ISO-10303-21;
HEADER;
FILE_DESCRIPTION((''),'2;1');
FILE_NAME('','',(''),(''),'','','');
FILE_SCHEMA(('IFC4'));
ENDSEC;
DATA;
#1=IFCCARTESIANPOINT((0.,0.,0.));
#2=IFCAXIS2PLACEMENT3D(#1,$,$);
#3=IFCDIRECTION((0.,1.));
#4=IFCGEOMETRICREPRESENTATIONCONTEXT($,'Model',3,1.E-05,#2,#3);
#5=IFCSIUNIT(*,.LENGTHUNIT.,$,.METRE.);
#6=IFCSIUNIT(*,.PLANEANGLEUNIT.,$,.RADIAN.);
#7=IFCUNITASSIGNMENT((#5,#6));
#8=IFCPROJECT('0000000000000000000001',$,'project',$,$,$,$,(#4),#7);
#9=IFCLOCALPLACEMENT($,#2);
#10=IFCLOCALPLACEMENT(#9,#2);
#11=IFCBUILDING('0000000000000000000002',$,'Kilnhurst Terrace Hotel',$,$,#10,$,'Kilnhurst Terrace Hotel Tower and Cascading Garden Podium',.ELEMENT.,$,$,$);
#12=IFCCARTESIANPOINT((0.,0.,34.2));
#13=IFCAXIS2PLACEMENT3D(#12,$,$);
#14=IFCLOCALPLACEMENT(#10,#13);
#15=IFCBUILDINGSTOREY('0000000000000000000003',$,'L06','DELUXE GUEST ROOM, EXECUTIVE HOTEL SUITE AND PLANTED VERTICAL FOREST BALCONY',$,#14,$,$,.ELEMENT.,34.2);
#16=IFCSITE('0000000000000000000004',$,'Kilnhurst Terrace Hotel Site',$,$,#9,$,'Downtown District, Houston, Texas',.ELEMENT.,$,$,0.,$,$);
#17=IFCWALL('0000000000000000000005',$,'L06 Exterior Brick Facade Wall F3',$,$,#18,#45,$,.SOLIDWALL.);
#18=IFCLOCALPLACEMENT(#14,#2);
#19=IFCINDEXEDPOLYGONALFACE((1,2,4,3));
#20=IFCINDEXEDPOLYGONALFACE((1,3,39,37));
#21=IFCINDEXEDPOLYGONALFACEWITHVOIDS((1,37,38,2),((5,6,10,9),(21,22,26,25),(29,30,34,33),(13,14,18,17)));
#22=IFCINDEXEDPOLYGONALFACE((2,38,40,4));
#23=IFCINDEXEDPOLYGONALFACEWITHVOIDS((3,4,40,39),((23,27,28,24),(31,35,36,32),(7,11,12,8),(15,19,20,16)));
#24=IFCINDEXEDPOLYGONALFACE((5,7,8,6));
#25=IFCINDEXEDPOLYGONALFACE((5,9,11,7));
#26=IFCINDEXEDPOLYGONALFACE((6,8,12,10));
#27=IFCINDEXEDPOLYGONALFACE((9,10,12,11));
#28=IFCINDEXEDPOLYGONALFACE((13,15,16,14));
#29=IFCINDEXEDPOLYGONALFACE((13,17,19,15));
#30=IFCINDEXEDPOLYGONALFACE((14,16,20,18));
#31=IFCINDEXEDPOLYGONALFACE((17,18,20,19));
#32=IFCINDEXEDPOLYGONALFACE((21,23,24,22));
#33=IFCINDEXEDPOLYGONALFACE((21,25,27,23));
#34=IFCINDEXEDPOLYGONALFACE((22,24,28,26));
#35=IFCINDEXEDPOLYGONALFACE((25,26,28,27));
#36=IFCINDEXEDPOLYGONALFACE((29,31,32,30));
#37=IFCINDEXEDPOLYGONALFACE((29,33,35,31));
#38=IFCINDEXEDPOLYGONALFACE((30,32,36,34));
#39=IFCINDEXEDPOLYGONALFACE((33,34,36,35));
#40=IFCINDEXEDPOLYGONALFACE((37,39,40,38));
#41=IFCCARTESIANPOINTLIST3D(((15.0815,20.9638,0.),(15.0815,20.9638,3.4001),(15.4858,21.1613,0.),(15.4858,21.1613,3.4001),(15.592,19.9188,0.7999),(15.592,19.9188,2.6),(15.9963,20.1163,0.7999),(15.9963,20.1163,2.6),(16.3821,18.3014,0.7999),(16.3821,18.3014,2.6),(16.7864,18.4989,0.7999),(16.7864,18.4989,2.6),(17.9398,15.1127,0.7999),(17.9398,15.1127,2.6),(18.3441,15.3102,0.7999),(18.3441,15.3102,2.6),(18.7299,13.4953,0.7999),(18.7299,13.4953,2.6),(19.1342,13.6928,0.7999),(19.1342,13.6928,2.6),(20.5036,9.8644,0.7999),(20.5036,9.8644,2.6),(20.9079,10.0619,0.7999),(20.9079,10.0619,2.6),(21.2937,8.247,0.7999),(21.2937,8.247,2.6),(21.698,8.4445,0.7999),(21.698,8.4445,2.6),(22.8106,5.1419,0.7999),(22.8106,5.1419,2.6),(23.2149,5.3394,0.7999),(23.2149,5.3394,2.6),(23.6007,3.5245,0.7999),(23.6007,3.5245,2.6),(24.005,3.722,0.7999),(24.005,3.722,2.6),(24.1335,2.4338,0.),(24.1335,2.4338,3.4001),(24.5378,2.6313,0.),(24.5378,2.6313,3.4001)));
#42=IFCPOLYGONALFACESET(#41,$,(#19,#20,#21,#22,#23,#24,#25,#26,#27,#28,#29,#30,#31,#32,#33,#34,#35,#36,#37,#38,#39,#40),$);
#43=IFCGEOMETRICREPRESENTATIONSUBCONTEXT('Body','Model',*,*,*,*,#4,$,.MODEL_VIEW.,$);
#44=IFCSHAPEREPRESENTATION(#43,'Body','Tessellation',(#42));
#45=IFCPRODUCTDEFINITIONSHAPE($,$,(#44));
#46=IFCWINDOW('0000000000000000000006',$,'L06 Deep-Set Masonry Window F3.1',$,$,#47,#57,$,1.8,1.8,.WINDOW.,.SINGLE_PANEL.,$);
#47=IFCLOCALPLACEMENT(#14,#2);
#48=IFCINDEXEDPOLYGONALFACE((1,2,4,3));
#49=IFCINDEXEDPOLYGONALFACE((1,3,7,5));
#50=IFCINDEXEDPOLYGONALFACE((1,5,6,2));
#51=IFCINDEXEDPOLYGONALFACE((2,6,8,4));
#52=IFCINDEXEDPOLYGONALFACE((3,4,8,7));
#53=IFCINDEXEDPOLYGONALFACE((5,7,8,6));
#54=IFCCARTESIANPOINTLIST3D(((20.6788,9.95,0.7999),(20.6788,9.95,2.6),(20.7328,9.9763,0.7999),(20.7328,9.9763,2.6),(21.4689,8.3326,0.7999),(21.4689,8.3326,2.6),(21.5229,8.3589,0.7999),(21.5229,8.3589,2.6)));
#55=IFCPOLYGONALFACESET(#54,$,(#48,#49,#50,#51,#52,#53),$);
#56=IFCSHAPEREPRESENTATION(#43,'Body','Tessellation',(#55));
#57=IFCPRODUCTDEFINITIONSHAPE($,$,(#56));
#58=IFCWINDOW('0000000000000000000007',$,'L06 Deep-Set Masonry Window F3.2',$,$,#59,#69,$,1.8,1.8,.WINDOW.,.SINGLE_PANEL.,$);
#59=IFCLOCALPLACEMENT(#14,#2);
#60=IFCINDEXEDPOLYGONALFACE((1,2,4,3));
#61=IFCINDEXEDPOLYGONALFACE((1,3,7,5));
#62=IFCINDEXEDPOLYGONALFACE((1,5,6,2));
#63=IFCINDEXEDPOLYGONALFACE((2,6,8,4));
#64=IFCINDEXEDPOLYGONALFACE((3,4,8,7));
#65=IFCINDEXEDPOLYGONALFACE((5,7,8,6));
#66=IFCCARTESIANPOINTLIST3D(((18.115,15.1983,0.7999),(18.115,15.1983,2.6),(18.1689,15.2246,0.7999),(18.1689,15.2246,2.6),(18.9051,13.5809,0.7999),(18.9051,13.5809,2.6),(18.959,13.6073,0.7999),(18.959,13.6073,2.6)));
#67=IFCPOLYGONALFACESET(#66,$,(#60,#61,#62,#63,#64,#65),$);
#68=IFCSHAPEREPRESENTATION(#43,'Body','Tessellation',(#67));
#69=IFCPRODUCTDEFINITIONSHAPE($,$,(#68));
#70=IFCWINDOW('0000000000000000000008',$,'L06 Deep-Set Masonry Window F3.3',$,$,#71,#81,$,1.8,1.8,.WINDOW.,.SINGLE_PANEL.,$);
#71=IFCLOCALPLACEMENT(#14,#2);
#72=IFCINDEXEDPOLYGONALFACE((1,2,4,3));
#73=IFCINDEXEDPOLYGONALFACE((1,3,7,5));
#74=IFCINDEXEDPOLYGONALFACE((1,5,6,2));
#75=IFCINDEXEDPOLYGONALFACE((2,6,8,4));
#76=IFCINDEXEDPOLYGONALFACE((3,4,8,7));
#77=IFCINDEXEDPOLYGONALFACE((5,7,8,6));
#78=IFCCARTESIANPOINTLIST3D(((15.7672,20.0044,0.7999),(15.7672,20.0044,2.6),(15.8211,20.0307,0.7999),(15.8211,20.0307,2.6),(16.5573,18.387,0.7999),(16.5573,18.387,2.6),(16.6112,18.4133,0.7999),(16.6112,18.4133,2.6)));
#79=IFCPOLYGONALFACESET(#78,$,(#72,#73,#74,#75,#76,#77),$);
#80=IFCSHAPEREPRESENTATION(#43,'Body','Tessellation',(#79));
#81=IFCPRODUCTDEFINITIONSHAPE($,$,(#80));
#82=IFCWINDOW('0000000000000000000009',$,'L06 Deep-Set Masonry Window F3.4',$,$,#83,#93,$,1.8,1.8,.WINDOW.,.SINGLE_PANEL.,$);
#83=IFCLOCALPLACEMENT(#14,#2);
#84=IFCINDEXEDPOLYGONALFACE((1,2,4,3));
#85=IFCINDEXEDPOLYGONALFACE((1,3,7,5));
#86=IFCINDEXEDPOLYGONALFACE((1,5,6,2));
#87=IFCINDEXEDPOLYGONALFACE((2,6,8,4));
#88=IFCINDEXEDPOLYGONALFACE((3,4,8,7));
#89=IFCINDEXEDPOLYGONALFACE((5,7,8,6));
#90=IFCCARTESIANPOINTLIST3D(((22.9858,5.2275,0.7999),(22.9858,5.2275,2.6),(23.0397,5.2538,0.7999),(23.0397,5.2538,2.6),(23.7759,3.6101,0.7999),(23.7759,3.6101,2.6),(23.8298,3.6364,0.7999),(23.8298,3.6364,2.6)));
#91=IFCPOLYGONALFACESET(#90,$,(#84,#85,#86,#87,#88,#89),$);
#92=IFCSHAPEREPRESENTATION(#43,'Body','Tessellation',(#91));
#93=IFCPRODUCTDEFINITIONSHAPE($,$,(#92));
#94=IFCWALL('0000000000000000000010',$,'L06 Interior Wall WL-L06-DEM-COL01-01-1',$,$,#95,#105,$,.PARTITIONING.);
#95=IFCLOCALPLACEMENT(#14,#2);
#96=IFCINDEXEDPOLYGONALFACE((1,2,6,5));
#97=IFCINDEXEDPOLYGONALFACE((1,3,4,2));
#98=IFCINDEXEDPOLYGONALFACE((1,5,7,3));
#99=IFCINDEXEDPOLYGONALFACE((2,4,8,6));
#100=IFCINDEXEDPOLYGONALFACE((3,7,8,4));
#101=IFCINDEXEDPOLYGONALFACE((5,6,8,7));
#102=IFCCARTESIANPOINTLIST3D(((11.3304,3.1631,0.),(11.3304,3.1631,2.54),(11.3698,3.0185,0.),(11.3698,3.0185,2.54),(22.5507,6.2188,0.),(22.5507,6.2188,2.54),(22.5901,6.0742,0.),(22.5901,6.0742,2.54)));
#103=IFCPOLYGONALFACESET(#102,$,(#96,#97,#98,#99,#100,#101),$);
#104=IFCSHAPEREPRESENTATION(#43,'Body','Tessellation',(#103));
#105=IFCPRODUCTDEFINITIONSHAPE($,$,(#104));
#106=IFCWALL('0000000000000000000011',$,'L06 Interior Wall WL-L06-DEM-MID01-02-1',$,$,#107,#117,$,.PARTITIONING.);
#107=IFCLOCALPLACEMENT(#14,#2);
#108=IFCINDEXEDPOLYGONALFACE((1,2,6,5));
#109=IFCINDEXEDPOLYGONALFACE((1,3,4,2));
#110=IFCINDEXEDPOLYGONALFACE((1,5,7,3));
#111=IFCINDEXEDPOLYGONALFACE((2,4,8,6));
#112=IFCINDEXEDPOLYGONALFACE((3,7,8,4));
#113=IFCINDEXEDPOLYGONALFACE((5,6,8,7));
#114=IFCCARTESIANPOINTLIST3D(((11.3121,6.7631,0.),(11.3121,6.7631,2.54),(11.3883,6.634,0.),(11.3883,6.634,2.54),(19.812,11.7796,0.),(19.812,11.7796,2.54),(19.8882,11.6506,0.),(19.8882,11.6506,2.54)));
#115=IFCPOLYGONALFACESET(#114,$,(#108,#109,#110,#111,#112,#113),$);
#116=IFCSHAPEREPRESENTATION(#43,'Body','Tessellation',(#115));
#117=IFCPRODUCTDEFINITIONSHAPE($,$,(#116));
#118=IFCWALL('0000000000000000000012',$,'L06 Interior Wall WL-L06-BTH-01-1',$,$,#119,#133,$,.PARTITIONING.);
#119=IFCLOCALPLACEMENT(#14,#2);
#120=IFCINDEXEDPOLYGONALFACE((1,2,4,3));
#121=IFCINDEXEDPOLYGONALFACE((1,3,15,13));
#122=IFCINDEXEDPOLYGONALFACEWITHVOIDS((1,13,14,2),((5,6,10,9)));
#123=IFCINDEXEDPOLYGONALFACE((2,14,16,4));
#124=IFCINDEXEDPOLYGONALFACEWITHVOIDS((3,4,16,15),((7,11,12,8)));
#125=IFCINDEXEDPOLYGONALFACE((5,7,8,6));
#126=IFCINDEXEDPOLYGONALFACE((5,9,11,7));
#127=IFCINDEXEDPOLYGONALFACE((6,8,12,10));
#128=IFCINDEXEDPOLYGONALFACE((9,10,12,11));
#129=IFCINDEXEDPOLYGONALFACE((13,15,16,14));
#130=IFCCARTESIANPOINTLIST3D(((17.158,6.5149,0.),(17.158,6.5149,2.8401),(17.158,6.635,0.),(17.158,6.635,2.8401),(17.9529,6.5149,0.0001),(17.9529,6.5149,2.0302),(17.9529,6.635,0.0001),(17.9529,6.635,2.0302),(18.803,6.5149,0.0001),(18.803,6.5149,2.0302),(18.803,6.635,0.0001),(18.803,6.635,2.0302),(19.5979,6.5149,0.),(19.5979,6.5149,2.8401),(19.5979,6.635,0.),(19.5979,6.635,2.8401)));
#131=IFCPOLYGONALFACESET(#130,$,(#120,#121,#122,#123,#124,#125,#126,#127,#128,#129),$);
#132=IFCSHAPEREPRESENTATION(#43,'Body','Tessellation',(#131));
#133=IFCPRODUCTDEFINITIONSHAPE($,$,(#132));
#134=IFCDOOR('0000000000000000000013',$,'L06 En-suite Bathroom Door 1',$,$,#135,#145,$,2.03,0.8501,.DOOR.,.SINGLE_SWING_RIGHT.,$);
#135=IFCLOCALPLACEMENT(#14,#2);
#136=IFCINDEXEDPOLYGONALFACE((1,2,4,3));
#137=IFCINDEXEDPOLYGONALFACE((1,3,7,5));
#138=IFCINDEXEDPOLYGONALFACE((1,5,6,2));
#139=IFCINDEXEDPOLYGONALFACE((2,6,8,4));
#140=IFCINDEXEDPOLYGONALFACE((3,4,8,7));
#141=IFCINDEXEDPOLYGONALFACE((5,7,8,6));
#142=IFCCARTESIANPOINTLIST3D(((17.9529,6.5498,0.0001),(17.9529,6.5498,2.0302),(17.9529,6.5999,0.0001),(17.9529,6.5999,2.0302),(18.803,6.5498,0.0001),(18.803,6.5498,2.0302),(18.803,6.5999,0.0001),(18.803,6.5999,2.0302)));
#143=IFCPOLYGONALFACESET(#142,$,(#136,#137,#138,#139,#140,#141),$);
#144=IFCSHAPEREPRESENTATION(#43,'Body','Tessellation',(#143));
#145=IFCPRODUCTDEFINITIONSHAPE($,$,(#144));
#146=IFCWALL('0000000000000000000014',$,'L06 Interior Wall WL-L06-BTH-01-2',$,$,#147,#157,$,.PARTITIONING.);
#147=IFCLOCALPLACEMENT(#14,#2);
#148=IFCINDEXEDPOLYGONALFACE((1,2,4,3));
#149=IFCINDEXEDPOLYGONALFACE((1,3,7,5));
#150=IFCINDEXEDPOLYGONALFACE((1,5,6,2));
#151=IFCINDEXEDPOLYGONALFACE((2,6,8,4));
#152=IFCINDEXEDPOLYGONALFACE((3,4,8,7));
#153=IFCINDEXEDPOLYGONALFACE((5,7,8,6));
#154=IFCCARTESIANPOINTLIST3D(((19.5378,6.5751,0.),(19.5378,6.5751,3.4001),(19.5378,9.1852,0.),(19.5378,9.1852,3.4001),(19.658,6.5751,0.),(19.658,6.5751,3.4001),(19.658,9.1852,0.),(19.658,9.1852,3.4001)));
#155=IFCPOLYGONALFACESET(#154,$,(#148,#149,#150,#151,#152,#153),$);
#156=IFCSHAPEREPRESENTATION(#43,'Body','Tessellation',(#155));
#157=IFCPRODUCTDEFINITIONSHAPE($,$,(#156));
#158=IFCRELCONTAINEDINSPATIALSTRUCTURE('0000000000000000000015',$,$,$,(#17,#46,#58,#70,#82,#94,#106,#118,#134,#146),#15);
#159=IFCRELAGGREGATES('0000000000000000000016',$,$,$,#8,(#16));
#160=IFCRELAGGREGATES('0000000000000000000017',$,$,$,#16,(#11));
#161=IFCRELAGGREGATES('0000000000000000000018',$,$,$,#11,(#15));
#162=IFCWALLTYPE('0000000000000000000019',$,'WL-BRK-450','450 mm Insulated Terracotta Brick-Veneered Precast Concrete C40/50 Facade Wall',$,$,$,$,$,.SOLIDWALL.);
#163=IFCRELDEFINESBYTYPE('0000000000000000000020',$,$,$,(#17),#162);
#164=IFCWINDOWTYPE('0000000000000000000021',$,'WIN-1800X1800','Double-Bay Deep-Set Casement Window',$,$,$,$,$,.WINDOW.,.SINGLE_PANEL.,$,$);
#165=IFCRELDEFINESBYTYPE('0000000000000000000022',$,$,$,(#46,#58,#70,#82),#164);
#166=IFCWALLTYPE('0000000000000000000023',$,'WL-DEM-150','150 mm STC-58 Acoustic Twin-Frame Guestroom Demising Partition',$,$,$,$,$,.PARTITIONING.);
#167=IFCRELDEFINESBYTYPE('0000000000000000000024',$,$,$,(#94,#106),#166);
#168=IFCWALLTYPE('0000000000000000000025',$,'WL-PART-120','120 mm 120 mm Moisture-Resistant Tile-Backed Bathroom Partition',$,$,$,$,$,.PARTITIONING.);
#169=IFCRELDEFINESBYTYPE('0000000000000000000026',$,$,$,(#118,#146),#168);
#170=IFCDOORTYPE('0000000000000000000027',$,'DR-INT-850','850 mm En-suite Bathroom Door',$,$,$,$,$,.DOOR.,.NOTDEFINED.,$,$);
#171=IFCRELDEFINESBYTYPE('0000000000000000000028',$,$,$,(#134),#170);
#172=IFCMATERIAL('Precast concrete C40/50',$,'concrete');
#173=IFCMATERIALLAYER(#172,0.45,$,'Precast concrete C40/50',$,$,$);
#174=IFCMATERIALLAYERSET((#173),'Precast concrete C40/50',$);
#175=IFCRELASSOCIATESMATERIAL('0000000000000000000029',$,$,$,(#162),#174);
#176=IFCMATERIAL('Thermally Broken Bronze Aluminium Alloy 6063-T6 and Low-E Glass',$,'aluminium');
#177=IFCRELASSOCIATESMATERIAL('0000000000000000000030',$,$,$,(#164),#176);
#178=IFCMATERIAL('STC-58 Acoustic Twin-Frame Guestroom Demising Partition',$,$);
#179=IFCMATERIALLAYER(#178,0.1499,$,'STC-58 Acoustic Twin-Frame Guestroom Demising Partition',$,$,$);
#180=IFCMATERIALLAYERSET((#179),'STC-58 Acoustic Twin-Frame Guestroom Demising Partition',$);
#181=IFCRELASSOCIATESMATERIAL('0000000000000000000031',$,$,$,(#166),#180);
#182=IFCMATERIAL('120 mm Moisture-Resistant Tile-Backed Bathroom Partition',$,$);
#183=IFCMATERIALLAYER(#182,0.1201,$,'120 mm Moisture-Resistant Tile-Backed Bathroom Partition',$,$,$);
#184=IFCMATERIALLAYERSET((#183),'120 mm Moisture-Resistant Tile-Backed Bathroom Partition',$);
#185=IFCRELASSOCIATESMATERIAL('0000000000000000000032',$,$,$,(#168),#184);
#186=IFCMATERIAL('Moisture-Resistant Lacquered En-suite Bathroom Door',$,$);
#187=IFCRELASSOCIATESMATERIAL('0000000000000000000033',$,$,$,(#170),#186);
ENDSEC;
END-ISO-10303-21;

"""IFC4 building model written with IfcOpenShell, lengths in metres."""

from ifc_helpers import new_model, si_unit, direction, frame, frame_2d, origin, place, context, subcontext, project, spatial, rectangle, extrude, material, layer, layer_set, type_object, element, fill, save


model = new_model("IFC4")

# Units and contexts
model_context = context("Model", 3, precision=1e-05, world=origin(), true_north=direction((0.0, 1.0)))
body_context = subcontext(model_context, "Body", "Model", "MODEL_VIEW")
ifc_project = project(units=[si_unit("LENGTHUNIT", "METRE"), si_unit("PLANEANGLEUNIT", "RADIAN")], contexts=[model_context])

# Site, building, storey
site_placement = place(None, origin())
site = spatial("IfcSite", under=ifc_project, at=site_placement, Name="Kilnhurst Terrace Hotel Site", LongName="Downtown District, Houston, Texas", CompositionType="ELEMENT", RefElevation=0.0)
building_placement = place(site_placement, origin())
building = spatial("IfcBuilding", under=site, at=building_placement, Name="Kilnhurst Terrace Hotel", LongName="Kilnhurst Terrace Hotel Tower and Cascading Garden Podium", CompositionType="ELEMENT")
storey_placement = place(building_placement, frame((0.0, 0.0, 34.2)))
storey = spatial("IfcBuildingStorey", under=building, at=storey_placement, Name="L06", Description="DELUXE GUEST ROOM, EXECUTIVE HOTEL SUITE AND PLANTED VERTICAL FOREST BALCONY", CompositionType="ELEMENT", Elevation=34.2)

# Shared definitions
ifc_material_1 = material(Name="Precast concrete C40/50", Category="concrete")
ifc_layer_1 = layer(ifc_material_1, 0.45, Name="Precast concrete C40/50")
ifc_layer_set_1 = layer_set([ifc_layer_1], Name="Precast concrete C40/50")
wall_type_1 = type_object("IfcWallType", Name="WL-BRK-450", Description="450 mm Insulated Terracotta Brick-Veneered Precast Concrete C40/50 Facade Wall", PredefinedType="SOLIDWALL", material=ifc_layer_set_1)

# Wall, openings, windows
wall_1_placement = place(storey_placement, frame((24.3357, 2.5325, 0.0), z_axis=(0.0, 0.0, 1.0), x_axis=(-0.438931, 0.898521, 0.0)))
wall_1 = element("IfcWall", 1, at=wall_1_placement, inside=storey, type_object=wall_type_1, Name="L06 Exterior Brick Facade Wall F3", PredefinedType="SOLIDWALL", context=body_context, shape_type="SweptSolid", body=[
    extrude(rectangle(XDim=20.6228, YDim=0.45, at=frame_2d((10.3115, 0.0))), origin(), (0.0, 0.0, 1.0), 3.4001),
])
opening_1_placement = place(wall_1_placement, frame((6.47, 0.0, 0.8)))
opening_1 = element("IfcOpeningElement", 2, at=opening_1_placement, cuts=wall_1, PredefinedType="OPENING", context=body_context, shape_type="SweptSolid", body=[
    extrude(rectangle(XDim=1.8, YDim=1.8, at=frame_2d((0.8999, 0.8999))), frame((0.0, 0.2349, 0.0), z_axis=(0.0, -1.0, 0.0), x_axis=(1.0, 0.0, 0.0)), (0.0, 0.0, 1.0), 0.47),
])
opening_2_placement = place(wall_1_placement, frame((12.311, 0.0, 0.8)))
opening_2 = element("IfcOpeningElement", 3, at=opening_2_placement, cuts=wall_1, PredefinedType="OPENING", context=body_context, shape_type="SweptSolid", body=[
    extrude(rectangle(XDim=1.8, YDim=1.8, at=frame_2d((0.8999, 0.8999))), frame((0.0, 0.2349, 0.0), z_axis=(0.0, -1.0, 0.0), x_axis=(1.0, 0.0, 0.0)), (0.0, 0.0, 1.0), 0.47),
])
opening_3_placement = place(wall_1_placement, frame((17.6599, 0.0, 0.8)))
opening_3 = element("IfcOpeningElement", 4, at=opening_3_placement, cuts=wall_1, PredefinedType="OPENING", context=body_context, shape_type="SweptSolid", body=[
    extrude(rectangle(XDim=1.8, YDim=1.8, at=frame_2d((0.8999, 0.8999))), frame((0.0, 0.2349, 0.0), z_axis=(0.0, -1.0, 0.0), x_axis=(1.0, 0.0, 0.0)), (0.0, 0.0, 1.0), 0.47),
])
opening_4_placement = place(wall_1_placement, frame((1.2141, 0.0, 0.8)))
opening_4 = element("IfcOpeningElement", 5, at=opening_4_placement, cuts=wall_1, PredefinedType="OPENING", context=body_context, shape_type="SweptSolid", body=[
    extrude(rectangle(XDim=1.8, YDim=1.8, at=frame_2d((0.8999, 0.8999))), frame((0.0, 0.2349, 0.0), z_axis=(0.0, -1.0, 0.0), x_axis=(1.0, 0.0, 0.0)), (0.0, 0.0, 1.0), 0.47),
])
ifc_material_2 = material(Name="Thermally Broken Bronze Aluminium Alloy 6063-T6 and Low-E Glass", Category="aluminium")
window_type = type_object("IfcWindowType", Name="WIN-1800X1800", Description="Double-Bay Deep-Set Casement Window", PartitioningType="SINGLE_PANEL", PredefinedType="WINDOW", material=ifc_material_2)
window_1_placement = place(opening_1_placement, origin())
window_1 = element("IfcWindow", 6, at=window_1_placement, inside=storey, type_object=window_type, Name="L06 Deep-Set Masonry Window F3.1", OverallHeight=1.8, OverallWidth=1.8, PartitioningType="SINGLE_PANEL", PredefinedType="WINDOW", context=body_context, shape_type="SweptSolid", body=[
    extrude(rectangle(XDim=1.8, YDim=1.8, at=frame_2d((0.8999, 0.8999))), frame((0.0, 0.03, 0.0), z_axis=(0.0, -1.0, 0.0), x_axis=(1.0, 0.0, 0.0)), (0.0, 0.0, 1.0), 0.0601),
])
fill(opening_1, window_1)
window_2_placement = place(opening_2_placement, origin())
window_2 = element("IfcWindow", 7, at=window_2_placement, inside=storey, type_object=window_type, Name="L06 Deep-Set Masonry Window F3.2", OverallHeight=1.8, OverallWidth=1.8, PartitioningType="SINGLE_PANEL", PredefinedType="WINDOW", context=body_context, shape_type="SweptSolid", body=[
    extrude(rectangle(XDim=1.8, YDim=1.8, at=frame_2d((0.8999, 0.8999))), frame((0.0, 0.03, 0.0), z_axis=(0.0, -1.0, 0.0), x_axis=(1.0, 0.0, 0.0)), (0.0, 0.0, 1.0), 0.0601),
])
fill(opening_2, window_2)
window_3_placement = place(opening_3_placement, origin())
window_3 = element("IfcWindow", 8, at=window_3_placement, inside=storey, type_object=window_type, Name="L06 Deep-Set Masonry Window F3.3", OverallHeight=1.8, OverallWidth=1.8, PartitioningType="SINGLE_PANEL", PredefinedType="WINDOW", context=body_context, shape_type="SweptSolid", body=[
    extrude(rectangle(XDim=1.8, YDim=1.8, at=frame_2d((0.8999, 0.8999))), frame((0.0, 0.03, 0.0), z_axis=(0.0, -1.0, 0.0), x_axis=(1.0, 0.0, 0.0)), (0.0, 0.0, 1.0), 0.0601),
])
fill(opening_3, window_3)
window_4_placement = place(opening_4_placement, origin())
window_4 = element("IfcWindow", 9, at=window_4_placement, inside=storey, type_object=window_type, Name="L06 Deep-Set Masonry Window F3.4", OverallHeight=1.8, OverallWidth=1.8, PartitioningType="SINGLE_PANEL", PredefinedType="WINDOW", context=body_context, shape_type="SweptSolid", body=[
    extrude(rectangle(XDim=1.8, YDim=1.8, at=frame_2d((0.8999, 0.8999))), frame((0.0, 0.03, 0.0), z_axis=(0.0, -1.0, 0.0), x_axis=(1.0, 0.0, 0.0)), (0.0, 0.0, 1.0), 0.0601),
])
fill(opening_4, window_4)

# Walls
ifc_material_3 = material(Name="STC-58 Acoustic Twin-Frame Guestroom Demising Partition")
ifc_layer_2 = layer(ifc_material_3, 0.1499, Name="STC-58 Acoustic Twin-Frame Guestroom Demising Partition")
ifc_layer_set_2 = layer_set([ifc_layer_2], Name="STC-58 Acoustic Twin-Frame Guestroom Demising Partition")
wall_type_2 = type_object("IfcWallType", Name="WL-DEM-150", Description="150 mm STC-58 Acoustic Twin-Frame Guestroom Demising Partition", PredefinedType="PARTITIONING", material=ifc_layer_set_2)
wall_2_placement = place(storey_placement, frame((11.3501, 3.0908, 0.0), z_axis=(0.0, 0.0, 1.0), x_axis=(0.96486, 0.262766, 0.0)))
element("IfcWall", 10, at=wall_2_placement, inside=storey, type_object=wall_type_2, Name="L06 Interior Wall WL-L06-DEM-COL01-01-1", PredefinedType="PARTITIONING", context=body_context, shape_type="SweptSolid", body=[
    extrude(rectangle(XDim=11.6289, YDim=0.1499, at=frame_2d((5.8145, 0.0))), origin(), (0.0, 0.0, 1.0), 2.54),
])
wall_3_placement = place(storey_placement, frame((11.3501, 6.6985, 0.0), z_axis=(0.0, 0.0, 1.0), x_axis=(0.861198, 0.508269, 0.0)))
element("IfcWall", 11, at=wall_3_placement, inside=storey, type_object=wall_type_2, Name="L06 Interior Wall WL-L06-DEM-MID01-02-1", PredefinedType="PARTITIONING", context=body_context, shape_type="SweptSolid", body=[
    extrude(rectangle(XDim=9.8699, YDim=0.1499, at=frame_2d((4.9351, 0.0))), origin(), (0.0, 0.0, 1.0), 2.54),
])

# Wall, opening, door
ifc_material_4 = material(Name="120 mm Moisture-Resistant Tile-Backed Bathroom Partition")
ifc_layer_3 = layer(ifc_material_4, 0.1201, Name="120 mm Moisture-Resistant Tile-Backed Bathroom Partition")
ifc_layer_set_3 = layer_set([ifc_layer_3], Name="120 mm Moisture-Resistant Tile-Backed Bathroom Partition")
wall_type_3 = type_object("IfcWallType", Name="WL-PART-120", Description="120 mm 120 mm Moisture-Resistant Tile-Backed Bathroom Partition", PredefinedType="PARTITIONING", material=ifc_layer_set_3)
wall_4_placement = place(storey_placement, frame((17.158, 6.575, 0.0), z_axis=(0.0, 0.0, 1.0), x_axis=(1.0, 0.0, 0.0)))
wall_4 = element("IfcWall", 12, at=wall_4_placement, inside=storey, type_object=wall_type_3, Name="L06 Interior Wall WL-L06-BTH-01-1", PredefinedType="PARTITIONING", context=body_context, shape_type="SweptSolid", body=[
    extrude(rectangle(XDim=2.4399, YDim=0.1201, at=frame_2d((1.22, 0.0))), origin(), (0.0, 0.0, 1.0), 2.8401),
])
opening_5_placement = place(wall_4_placement, frame((0.7949, 0.0, 0.0)))
opening_5 = element("IfcOpeningElement", 13, at=opening_5_placement, cuts=wall_4, PredefinedType="OPENING", context=body_context, shape_type="SweptSolid", body=[
    extrude(rectangle(XDim=0.8501, YDim=2.03, at=frame_2d((0.425, 1.0151))), frame((0.0, 0.0701, 0.0), z_axis=(0.0, -1.0, 0.0), x_axis=(1.0, 0.0, 0.0)), (0.0, 0.0, 1.0), 0.1401),
])
ifc_material_5 = material(Name="Moisture-Resistant Lacquered En-suite Bathroom Door")
door_type_1 = type_object("IfcDoorType", Name="DR-INT-850", Description="850 mm En-suite Bathroom Door", OperationType="NOTDEFINED", PredefinedType="DOOR", material=ifc_material_5)
door_1_placement = place(opening_5_placement, origin())
door_1 = element("IfcDoor", 14, at=door_1_placement, inside=storey, type_object=door_type_1, Name="L06 En-suite Bathroom Door 1", OperationType="SINGLE_SWING_RIGHT", OverallHeight=2.03, OverallWidth=0.8501, PredefinedType="DOOR", context=body_context, shape_type="SweptSolid", body=[
    extrude(rectangle(XDim=0.8501, YDim=2.03, at=frame_2d((0.425, 1.0151))), frame((0.0, 0.0249, 0.0), z_axis=(0.0, -1.0, 0.0), x_axis=(1.0, 0.0, 0.0)), (0.0, 0.0, 1.0), 0.05),
])
fill(opening_5, door_1)

# Wall
wall_5_placement = place(storey_placement, frame((19.5979, 6.575, 0.0), z_axis=(0.0, 0.0, 1.0), x_axis=(0.0, 1.0, 0.0)))
element("IfcWall", 15, at=wall_5_placement, inside=storey, type_object=wall_type_3, Name="L06 Interior Wall WL-L06-BTH-01-2", PredefinedType="PARTITIONING", context=body_context, shape_type="SweptSolid", body=[
    extrude(rectangle(XDim=2.6101, YDim=0.1201, at=frame_2d((1.3052, 0.0))), origin(), (0.0, 0.0, 1.0), 3.4001),
])

save(model, "model.ifc")
